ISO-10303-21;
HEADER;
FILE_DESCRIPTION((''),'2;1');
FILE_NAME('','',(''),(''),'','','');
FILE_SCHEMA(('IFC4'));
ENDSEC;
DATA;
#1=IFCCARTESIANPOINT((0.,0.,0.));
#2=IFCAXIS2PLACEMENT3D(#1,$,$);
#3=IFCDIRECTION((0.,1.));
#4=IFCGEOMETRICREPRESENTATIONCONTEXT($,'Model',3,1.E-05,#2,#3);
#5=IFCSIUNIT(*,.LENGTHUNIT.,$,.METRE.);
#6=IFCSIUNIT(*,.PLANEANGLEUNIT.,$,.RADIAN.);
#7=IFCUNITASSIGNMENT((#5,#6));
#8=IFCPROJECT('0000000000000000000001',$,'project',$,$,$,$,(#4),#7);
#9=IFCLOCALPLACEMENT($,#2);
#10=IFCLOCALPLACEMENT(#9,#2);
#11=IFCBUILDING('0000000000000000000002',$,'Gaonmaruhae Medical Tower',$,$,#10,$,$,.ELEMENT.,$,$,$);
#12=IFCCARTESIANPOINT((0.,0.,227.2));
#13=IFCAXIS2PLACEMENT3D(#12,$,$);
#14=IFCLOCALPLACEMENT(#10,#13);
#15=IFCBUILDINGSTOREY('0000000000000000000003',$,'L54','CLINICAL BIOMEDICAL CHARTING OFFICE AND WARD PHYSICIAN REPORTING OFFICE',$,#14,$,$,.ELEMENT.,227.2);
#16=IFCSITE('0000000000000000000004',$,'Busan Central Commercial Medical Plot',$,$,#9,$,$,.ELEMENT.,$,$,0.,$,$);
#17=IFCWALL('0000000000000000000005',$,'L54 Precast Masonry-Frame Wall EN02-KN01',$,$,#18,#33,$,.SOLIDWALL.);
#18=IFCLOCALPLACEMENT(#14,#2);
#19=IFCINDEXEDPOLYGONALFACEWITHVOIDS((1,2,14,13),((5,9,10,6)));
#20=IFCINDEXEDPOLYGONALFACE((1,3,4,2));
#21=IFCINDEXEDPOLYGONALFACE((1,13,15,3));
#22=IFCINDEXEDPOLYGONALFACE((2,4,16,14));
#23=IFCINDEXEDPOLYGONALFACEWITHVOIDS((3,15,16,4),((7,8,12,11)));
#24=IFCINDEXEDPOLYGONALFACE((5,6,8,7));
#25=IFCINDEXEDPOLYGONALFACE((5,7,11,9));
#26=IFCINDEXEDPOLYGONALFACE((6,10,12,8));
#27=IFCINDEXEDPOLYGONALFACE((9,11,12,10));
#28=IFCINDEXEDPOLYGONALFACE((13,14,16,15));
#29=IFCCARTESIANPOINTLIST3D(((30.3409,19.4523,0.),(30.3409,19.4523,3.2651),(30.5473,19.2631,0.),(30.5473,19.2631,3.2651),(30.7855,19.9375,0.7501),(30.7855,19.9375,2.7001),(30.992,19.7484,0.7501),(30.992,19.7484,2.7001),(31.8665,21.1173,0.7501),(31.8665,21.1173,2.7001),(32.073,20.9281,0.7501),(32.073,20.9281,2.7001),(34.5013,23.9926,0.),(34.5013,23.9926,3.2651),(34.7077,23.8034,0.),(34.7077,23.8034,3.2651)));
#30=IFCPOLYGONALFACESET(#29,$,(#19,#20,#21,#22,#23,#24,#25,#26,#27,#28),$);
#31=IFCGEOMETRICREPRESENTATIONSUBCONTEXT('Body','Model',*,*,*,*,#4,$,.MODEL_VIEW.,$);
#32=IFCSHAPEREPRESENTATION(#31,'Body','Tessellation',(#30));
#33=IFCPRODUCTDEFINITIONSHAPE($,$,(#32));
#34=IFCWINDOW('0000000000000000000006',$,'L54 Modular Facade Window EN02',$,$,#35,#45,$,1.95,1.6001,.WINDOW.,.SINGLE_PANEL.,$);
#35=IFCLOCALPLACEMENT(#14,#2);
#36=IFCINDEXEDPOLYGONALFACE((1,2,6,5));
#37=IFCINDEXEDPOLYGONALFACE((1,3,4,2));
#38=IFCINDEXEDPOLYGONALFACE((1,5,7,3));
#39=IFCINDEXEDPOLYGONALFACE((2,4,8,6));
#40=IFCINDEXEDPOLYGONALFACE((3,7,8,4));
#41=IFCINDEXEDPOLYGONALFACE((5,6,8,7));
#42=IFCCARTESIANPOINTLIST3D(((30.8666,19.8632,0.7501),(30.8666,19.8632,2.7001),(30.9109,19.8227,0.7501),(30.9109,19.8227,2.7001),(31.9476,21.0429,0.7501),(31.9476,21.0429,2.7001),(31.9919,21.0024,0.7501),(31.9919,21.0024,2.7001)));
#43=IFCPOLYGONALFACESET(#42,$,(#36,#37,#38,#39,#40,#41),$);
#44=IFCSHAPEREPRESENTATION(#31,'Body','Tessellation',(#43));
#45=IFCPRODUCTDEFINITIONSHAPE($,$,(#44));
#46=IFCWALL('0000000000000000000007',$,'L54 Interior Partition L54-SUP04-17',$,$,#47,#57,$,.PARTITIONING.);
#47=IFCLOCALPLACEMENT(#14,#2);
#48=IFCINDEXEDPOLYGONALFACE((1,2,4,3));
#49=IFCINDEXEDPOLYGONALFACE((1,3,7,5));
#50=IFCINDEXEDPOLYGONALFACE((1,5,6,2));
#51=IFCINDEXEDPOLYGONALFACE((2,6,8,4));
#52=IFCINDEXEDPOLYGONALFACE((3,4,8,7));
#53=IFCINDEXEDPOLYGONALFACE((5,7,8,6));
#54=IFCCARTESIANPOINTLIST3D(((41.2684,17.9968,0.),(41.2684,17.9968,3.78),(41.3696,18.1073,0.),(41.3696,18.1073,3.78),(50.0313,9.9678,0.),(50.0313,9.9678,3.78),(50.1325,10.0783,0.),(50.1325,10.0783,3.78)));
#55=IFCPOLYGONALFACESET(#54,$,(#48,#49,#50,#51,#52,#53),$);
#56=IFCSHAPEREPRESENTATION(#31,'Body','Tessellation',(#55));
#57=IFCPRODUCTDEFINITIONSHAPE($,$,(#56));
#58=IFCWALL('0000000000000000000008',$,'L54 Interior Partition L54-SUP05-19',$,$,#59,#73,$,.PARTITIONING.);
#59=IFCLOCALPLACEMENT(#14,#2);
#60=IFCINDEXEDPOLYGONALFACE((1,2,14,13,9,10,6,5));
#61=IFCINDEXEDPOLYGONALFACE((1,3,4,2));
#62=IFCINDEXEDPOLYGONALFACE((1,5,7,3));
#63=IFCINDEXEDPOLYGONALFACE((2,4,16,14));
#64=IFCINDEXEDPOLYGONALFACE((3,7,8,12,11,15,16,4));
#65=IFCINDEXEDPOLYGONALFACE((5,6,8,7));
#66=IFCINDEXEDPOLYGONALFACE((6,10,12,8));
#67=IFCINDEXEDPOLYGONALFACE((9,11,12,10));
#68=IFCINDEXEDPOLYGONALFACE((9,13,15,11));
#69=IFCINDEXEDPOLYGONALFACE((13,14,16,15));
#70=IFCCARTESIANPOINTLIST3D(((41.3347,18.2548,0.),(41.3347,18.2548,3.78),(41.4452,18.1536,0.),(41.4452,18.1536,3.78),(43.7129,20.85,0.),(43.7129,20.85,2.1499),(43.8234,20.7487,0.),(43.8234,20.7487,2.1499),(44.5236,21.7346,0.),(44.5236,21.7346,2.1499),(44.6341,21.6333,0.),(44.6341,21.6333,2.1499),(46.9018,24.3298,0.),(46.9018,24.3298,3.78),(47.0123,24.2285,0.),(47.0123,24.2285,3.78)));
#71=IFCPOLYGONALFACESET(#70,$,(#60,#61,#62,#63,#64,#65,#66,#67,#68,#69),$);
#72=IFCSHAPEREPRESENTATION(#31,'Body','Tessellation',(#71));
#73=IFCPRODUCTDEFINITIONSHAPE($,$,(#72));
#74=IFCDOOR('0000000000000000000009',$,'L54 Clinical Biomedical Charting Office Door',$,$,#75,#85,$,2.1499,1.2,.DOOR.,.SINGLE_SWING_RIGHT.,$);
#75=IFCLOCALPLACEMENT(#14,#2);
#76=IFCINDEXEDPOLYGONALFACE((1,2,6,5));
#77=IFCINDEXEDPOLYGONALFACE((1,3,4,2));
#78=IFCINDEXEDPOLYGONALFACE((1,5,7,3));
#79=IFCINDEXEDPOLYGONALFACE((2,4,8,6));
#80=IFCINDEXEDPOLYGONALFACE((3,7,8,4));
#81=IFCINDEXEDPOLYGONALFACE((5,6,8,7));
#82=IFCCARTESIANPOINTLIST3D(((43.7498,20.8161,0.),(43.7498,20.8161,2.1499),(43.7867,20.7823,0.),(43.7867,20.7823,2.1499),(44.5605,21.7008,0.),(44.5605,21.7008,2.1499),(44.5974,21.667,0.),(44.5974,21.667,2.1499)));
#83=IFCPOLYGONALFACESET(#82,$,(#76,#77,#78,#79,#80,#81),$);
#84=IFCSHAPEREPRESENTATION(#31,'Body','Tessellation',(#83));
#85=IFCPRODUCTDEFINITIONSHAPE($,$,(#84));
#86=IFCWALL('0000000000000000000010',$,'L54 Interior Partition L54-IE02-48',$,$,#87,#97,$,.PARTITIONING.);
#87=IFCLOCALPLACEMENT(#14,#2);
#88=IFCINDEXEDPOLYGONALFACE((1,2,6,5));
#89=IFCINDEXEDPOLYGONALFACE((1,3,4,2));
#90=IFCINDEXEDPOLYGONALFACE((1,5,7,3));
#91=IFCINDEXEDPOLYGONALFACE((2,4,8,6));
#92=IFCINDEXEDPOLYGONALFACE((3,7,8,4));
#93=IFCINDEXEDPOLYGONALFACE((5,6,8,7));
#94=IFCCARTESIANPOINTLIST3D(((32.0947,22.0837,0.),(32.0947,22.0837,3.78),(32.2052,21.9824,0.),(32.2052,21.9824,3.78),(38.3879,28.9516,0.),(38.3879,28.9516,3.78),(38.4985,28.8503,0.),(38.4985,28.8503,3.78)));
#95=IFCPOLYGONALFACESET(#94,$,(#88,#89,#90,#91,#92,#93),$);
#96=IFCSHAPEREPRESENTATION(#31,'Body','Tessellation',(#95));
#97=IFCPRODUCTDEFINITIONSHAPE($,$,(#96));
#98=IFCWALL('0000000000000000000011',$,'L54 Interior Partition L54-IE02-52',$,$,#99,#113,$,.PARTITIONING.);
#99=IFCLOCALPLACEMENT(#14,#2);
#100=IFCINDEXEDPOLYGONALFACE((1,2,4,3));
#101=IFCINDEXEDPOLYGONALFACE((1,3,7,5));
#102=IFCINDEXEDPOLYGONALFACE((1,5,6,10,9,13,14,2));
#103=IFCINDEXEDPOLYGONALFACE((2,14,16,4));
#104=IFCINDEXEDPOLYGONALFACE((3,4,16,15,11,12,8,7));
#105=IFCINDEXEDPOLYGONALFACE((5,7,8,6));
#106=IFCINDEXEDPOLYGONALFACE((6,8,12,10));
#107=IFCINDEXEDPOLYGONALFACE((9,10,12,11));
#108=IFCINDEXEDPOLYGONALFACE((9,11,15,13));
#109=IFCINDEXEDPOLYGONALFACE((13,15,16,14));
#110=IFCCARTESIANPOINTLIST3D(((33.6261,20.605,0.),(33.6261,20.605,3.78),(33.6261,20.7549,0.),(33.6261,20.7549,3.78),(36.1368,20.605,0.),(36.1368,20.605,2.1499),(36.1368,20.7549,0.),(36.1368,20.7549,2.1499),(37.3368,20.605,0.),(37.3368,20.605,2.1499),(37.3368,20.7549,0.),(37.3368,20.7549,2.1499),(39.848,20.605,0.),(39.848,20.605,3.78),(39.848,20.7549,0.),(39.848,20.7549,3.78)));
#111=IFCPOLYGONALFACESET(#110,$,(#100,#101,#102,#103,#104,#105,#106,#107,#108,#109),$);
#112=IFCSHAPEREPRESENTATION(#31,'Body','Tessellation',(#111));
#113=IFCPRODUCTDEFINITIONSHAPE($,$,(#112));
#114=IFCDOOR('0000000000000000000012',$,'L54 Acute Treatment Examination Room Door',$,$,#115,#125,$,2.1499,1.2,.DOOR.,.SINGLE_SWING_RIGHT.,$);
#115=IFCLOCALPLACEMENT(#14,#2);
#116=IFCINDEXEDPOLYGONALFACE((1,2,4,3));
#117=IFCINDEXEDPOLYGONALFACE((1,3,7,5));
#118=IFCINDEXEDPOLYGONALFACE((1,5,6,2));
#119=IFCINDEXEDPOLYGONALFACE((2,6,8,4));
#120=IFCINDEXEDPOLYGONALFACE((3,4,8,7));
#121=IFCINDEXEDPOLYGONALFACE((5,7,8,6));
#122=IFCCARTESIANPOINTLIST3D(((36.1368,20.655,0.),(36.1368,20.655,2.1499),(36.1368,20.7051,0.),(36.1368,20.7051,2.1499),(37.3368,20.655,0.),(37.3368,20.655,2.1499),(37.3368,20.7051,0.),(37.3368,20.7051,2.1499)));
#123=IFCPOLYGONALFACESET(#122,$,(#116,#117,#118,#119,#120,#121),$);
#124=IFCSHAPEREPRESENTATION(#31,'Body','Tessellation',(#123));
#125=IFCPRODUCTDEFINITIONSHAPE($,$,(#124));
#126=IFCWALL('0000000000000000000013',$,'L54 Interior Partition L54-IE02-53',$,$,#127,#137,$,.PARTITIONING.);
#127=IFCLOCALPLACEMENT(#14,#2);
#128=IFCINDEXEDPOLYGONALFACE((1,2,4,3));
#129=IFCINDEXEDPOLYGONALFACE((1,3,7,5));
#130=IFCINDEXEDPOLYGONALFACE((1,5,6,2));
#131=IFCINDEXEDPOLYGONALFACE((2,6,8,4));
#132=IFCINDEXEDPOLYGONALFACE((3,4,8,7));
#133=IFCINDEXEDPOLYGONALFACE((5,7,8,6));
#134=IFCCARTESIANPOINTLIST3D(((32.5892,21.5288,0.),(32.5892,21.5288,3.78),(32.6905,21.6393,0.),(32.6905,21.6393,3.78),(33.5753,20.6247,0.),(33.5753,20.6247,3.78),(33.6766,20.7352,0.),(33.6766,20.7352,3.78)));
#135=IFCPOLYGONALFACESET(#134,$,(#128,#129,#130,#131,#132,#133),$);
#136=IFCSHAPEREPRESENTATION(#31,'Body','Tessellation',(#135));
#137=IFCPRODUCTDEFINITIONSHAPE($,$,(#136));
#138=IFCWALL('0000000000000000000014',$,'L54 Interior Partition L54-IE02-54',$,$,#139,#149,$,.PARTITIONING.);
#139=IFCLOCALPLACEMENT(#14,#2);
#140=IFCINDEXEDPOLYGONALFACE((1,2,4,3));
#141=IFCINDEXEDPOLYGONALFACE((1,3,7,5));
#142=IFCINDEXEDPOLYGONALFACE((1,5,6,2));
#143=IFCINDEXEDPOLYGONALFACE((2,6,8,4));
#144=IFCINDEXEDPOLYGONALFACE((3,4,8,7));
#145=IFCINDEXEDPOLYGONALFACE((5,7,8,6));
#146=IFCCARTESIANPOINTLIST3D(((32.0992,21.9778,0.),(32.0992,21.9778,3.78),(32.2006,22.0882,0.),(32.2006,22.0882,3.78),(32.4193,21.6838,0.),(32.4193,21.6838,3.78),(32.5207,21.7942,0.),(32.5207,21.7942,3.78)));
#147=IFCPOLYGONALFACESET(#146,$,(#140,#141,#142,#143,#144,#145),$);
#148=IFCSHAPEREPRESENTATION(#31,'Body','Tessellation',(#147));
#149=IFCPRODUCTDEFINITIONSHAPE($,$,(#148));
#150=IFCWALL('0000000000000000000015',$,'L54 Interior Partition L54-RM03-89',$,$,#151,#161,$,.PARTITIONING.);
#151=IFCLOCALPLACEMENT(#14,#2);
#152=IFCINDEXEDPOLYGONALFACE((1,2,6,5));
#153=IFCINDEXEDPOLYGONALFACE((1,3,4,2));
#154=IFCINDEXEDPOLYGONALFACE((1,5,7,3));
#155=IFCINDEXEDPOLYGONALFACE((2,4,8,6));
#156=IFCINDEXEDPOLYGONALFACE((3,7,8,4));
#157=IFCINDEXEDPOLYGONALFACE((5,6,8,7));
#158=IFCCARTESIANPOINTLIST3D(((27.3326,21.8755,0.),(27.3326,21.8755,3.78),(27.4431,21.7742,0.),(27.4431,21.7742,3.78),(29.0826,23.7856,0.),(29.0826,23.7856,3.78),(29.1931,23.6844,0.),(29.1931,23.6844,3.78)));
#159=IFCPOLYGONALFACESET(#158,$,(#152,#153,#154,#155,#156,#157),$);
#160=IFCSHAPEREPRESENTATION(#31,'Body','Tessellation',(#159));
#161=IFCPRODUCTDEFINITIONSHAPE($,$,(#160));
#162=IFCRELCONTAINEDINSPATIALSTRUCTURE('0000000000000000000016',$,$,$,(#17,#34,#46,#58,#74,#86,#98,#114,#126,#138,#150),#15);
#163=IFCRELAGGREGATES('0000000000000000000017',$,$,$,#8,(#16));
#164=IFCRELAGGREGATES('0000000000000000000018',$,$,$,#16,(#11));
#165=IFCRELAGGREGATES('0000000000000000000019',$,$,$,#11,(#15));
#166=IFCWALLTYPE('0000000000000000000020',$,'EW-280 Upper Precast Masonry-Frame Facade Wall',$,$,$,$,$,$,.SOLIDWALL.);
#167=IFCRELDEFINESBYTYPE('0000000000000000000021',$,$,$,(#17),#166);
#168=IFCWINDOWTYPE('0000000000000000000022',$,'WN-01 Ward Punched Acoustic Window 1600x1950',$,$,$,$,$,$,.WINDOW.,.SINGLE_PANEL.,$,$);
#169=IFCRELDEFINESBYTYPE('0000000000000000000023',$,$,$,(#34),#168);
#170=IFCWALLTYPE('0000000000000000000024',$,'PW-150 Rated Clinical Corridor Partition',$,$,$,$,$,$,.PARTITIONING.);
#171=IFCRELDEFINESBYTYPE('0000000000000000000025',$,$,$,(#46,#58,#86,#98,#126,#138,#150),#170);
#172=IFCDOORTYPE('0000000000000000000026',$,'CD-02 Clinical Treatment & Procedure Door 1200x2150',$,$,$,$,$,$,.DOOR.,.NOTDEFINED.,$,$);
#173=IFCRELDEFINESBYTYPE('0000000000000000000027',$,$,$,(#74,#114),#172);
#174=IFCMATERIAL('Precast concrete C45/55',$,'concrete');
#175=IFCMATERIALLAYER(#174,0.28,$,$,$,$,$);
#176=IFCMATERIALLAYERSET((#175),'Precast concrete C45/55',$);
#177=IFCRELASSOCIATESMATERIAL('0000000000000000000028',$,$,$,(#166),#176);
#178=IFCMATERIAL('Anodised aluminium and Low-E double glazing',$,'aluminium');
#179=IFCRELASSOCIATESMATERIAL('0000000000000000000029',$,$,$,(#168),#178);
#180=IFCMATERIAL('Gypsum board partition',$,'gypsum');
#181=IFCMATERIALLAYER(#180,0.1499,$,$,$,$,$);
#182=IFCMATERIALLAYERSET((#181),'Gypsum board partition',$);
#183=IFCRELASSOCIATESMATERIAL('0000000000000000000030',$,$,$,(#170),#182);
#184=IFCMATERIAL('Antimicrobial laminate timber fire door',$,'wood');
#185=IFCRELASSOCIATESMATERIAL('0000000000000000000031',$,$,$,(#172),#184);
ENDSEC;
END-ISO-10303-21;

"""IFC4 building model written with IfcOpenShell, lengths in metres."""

from ifc_helpers import new_model, si_unit, direction, frame, frame_2d, origin, place, context, subcontext, project, spatial, rectangle, extrude, material, layer, layer_set, type_object, element, fill, save


model = new_model("IFC4")

# Units and contexts
model_context = context("Model", 3, precision=1e-05, world=origin(), true_north=direction((0.0, 1.0)))
body_context = subcontext(model_context, "Body", "Model", "MODEL_VIEW")
ifc_project = project(units=[si_unit("LENGTHUNIT", "METRE"), si_unit("PLANEANGLEUNIT", "RADIAN")], contexts=[model_context])

# Site, building, storey
site_placement = place(None, origin())
site = spatial("IfcSite", under=ifc_project, at=site_placement, Name="Busan Central Commercial Medical Plot", CompositionType="ELEMENT", RefElevation=0.0)
building_placement = place(site_placement, origin())
building = spatial("IfcBuilding", under=site, at=building_placement, Name="Gaonmaruhae Medical Tower", CompositionType="ELEMENT")
storey_placement = place(building_placement, frame((0.0, 0.0, 227.2)))
storey = spatial("IfcBuildingStorey", under=building, at=storey_placement, Name="L54", Description="CLINICAL BIOMEDICAL CHARTING OFFICE AND WARD PHYSICIAN REPORTING OFFICE", CompositionType="ELEMENT", Elevation=227.2)

# Wall, opening, window
ifc_material_1 = material(Name="Precast concrete C45/55", Category="concrete")
ifc_layer_1 = layer(ifc_material_1, 0.28)
ifc_layer_set_1 = layer_set([ifc_layer_1], Name="Precast concrete C45/55")
wall_type_1 = type_object("IfcWallType", Name="EW-280 Upper Precast Masonry-Frame Facade Wall", PredefinedType="SOLIDWALL", material=ifc_layer_set_1)
wall_1_placement = place(storey_placement, frame((30.4441, 19.3577, 0.0), z_axis=(0.0, 0.0, 1.0), x_axis=(0.67559, 0.737278, 0.0)))
wall_1 = element("IfcWall", 1, at=wall_1_placement, inside=storey, type_object=wall_type_1, Name="L54 Precast Masonry-Frame Wall EN02-KN01", PredefinedType="SOLIDWALL", context=body_context, shape_type="SweptSolid", body=[
    extrude(rectangle(XDim=6.1582, YDim=0.28, at=frame_2d((3.0791, 0.0))), origin(), (0.0, 0.0, 1.0), 3.2651),
])
opening_1_placement = place(wall_1_placement, frame((0.6582, 0.0, 0.75)))
opening_1 = element("IfcOpeningElement", 2, at=opening_1_placement, cuts=wall_1, PredefinedType="OPENING", context=body_context, shape_type="SweptSolid", body=[
    extrude(rectangle(XDim=1.6001, YDim=1.95, at=frame_2d((0.8, 0.9751))), frame((0.0, 0.1499, 0.0), z_axis=(0.0, -1.0, 0.0), x_axis=(1.0, 0.0, 0.0)), (0.0, 0.0, 1.0), 0.3),
])
ifc_material_2 = material(Name="Anodised aluminium and Low-E double glazing", Category="aluminium")
window_type = type_object("IfcWindowType", Name="WN-01 Ward Punched Acoustic Window 1600x1950", PartitioningType="SINGLE_PANEL", PredefinedType="WINDOW", material=ifc_material_2)
window_placement = place(opening_1_placement, origin())
window = element("IfcWindow", 3, at=window_placement, inside=storey, type_object=window_type, Name="L54 Modular Facade Window EN02", OverallHeight=1.95, OverallWidth=1.6001, PartitioningType="SINGLE_PANEL", PredefinedType="WINDOW", context=body_context, shape_type="SweptSolid", body=[
    extrude(rectangle(XDim=1.6001, YDim=1.95, at=frame_2d((0.8, 0.9751))), frame((0.0, 0.03, 0.0), z_axis=(0.0, -1.0, 0.0), x_axis=(1.0, 0.0, 0.0)), (0.0, 0.0, 1.0), 0.0601),
])
fill(opening_1, window)

# Wall
ifc_material_3 = material(Name="Gypsum board partition", Category="gypsum")
ifc_layer_2 = layer(ifc_material_3, 0.1499)
ifc_layer_set_2 = layer_set([ifc_layer_2], Name="Gypsum board partition")
wall_type_2 = type_object("IfcWallType", Name="PW-150 Rated Clinical Corridor Partition", PredefinedType="PARTITIONING", material=ifc_layer_set_2)
wall_2_placement = place(storey_placement, frame((41.3191, 18.052, 0.0), z_axis=(0.0, 0.0, 1.0), x_axis=(0.737307, -0.675558, 0.0)))
element("IfcWall", 4, at=wall_2_placement, inside=storey, type_object=wall_type_2, Name="L54 Interior Partition L54-SUP04-17", PredefinedType="PARTITIONING", context=body_context, shape_type="SweptSolid", body=[
    extrude(rectangle(XDim=11.885, YDim=0.1499, at=frame_2d((5.9424, 0.0))), origin(), (0.0, 0.0, 1.0), 3.78),
])

# Wall, opening, door
wall_3_placement = place(storey_placement, frame((41.3899, 18.2041, 0.0), z_axis=(0.0, 0.0, 1.0), x_axis=(0.675621, 0.737249, 0.0)))
wall_3 = element("IfcWall", 5, at=wall_3_placement, inside=storey, type_object=wall_type_2, Name="L54 Interior Partition L54-SUP05-19", PredefinedType="PARTITIONING", context=body_context, shape_type="SweptSolid", body=[
    extrude(rectangle(XDim=8.24, YDim=0.1499, at=frame_2d((4.1201, 0.0))), origin(), (0.0, 0.0, 1.0), 3.78),
])
opening_2_placement = place(wall_3_placement, frame((3.52, 0.0, 0.0)))
opening_2 = element("IfcOpeningElement", 6, at=opening_2_placement, cuts=wall_3, PredefinedType="OPENING", context=body_context, shape_type="SweptSolid", body=[
    extrude(rectangle(XDim=1.2, YDim=2.1499, at=frame_2d((0.6001, 1.075))), frame((0.0, 0.085, 0.0), z_axis=(0.0, -1.0, 0.0), x_axis=(1.0, 0.0, 0.0)), (0.0, 0.0, 1.0), 0.1699),
])
ifc_material_4 = material(Name="Antimicrobial laminate timber fire door", Category="wood")
door_type = type_object("IfcDoorType", Name="CD-02 Clinical Treatment & Procedure Door 1200x2150", OperationType="NOTDEFINED", PredefinedType="DOOR", material=ifc_material_4)
door_1_placement = place(opening_2_placement, origin())
door_1 = element("IfcDoor", 7, at=door_1_placement, inside=storey, type_object=door_type, Name="L54 Clinical Biomedical Charting Office Door", OperationType="SINGLE_SWING_RIGHT", OverallHeight=2.1499, OverallWidth=1.2, PredefinedType="DOOR", context=body_context, shape_type="SweptSolid", body=[
    extrude(rectangle(XDim=1.2, YDim=2.1499, at=frame_2d((0.6001, 1.075))), frame((0.0, 0.0249, 0.0), z_axis=(0.0, -1.0, 0.0), x_axis=(1.0, 0.0, 0.0)), (0.0, 0.0, 1.0), 0.05),
])
fill(opening_2, door_1)

# Wall
wall_4_placement = place(storey_placement, frame((32.1499, 22.033, 0.0), z_axis=(0.0, 0.0, 1.0), x_axis=(0.675586, 0.737281, 0.0)))
element("IfcWall", 8, at=wall_4_placement, inside=storey, type_object=wall_type_2, Name="L54 Interior Partition L54-IE02-48", PredefinedType="PARTITIONING", context=body_context, shape_type="SweptSolid", body=[
    extrude(rectangle(XDim=9.3152, YDim=0.1499, at=frame_2d((4.6577, 0.0))), origin(), (0.0, 0.0, 1.0), 3.78),
])

# Wall, opening, door
wall_5_placement = place(storey_placement, frame((39.8479, 20.6799, 0.0), z_axis=(0.0, 0.0, 1.0), x_axis=(-1.0, 0.0, 0.0)))
wall_5 = element("IfcWall", 9, at=wall_5_placement, inside=storey, type_object=wall_type_2, Name="L54 Interior Partition L54-IE02-52", PredefinedType="PARTITIONING", context=body_context, shape_type="SweptSolid", body=[
    extrude(rectangle(XDim=6.2219, YDim=0.1499, at=frame_2d((3.1108, 0.0))), origin(), (0.0, 0.0, 1.0), 3.78),
])
opening_3_placement = place(wall_5_placement, frame((2.511, 0.0, 0.0)))
opening_3 = element("IfcOpeningElement", 10, at=opening_3_placement, cuts=wall_5, PredefinedType="OPENING", context=body_context, shape_type="SweptSolid", body=[
    extrude(rectangle(XDim=1.2, YDim=2.1499, at=frame_2d((0.6001, 1.075))), frame((0.0, 0.085, 0.0), z_axis=(0.0, -1.0, 0.0), x_axis=(1.0, 0.0, 0.0)), (0.0, 0.0, 1.0), 0.1699),
])
door_2_placement = place(opening_3_placement, origin())
door_2 = element("IfcDoor", 11, at=door_2_placement, inside=storey, type_object=door_type, Name="L54 Acute Treatment Examination Room Door", OperationType="SINGLE_SWING_RIGHT", OverallHeight=2.1499, OverallWidth=1.2, PredefinedType="DOOR", context=body_context, shape_type="SweptSolid", body=[
    extrude(rectangle(XDim=1.2, YDim=2.1499, at=frame_2d((0.6001, 1.075))), frame((0.0, 0.0249, 0.0), z_axis=(0.0, -1.0, 0.0), x_axis=(1.0, 0.0, 0.0)), (0.0, 0.0, 1.0), 0.05),
])
fill(opening_3, door_2)

# Walls
wall_6_placement = place(storey_placement, frame((33.626, 20.6799, 0.0), z_axis=(0.0, 0.0, 1.0), x_axis=(-0.737101, 0.675782, 0.0)))
element("IfcWall", 12, at=wall_6_placement, inside=storey, type_object=wall_type_2, Name="L54 Interior Partition L54-IE02-53", PredefinedType="PARTITIONING", context=body_context, shape_type="SweptSolid", body=[
    extrude(rectangle(XDim=1.3379, YDim=0.1499, at=frame_2d((0.6689, 0.0))), origin(), (0.0, 0.0, 1.0), 3.78),
])
wall_7_placement = place(storey_placement, frame((32.47, 21.739, 0.0), z_axis=(0.0, 0.0, 1.0), x_axis=(-0.736524, 0.676411, 0.0)))
element("IfcWall", 13, at=wall_7_placement, inside=storey, type_object=wall_type_2, Name="L54 Interior Partition L54-IE02-54", PredefinedType="PARTITIONING", context=body_context, shape_type="SweptSolid", body=[
    extrude(rectangle(XDim=0.4346, YDim=0.1499, at=frame_2d((0.2173, 0.0))), origin(), (0.0, 0.0, 1.0), 3.78),
])
wall_8_placement = place(storey_placement, frame((29.1379, 23.7351, 0.0), z_axis=(0.0, 0.0, 1.0), x_axis=(-0.67552, -0.737342, 0.0)))
element("IfcWall", 14, at=wall_8_placement, inside=storey, type_object=wall_type_2, Name="L54 Interior Partition L54-RM03-89", PredefinedType="PARTITIONING", context=body_context, shape_type="SweptSolid", body=[
    extrude(rectangle(XDim=2.5906, YDim=0.1499, at=frame_2d((1.2954, 0.0))), origin(), (0.0, 0.0, 1.0), 3.78),
])

save(model, "model.ifc")
